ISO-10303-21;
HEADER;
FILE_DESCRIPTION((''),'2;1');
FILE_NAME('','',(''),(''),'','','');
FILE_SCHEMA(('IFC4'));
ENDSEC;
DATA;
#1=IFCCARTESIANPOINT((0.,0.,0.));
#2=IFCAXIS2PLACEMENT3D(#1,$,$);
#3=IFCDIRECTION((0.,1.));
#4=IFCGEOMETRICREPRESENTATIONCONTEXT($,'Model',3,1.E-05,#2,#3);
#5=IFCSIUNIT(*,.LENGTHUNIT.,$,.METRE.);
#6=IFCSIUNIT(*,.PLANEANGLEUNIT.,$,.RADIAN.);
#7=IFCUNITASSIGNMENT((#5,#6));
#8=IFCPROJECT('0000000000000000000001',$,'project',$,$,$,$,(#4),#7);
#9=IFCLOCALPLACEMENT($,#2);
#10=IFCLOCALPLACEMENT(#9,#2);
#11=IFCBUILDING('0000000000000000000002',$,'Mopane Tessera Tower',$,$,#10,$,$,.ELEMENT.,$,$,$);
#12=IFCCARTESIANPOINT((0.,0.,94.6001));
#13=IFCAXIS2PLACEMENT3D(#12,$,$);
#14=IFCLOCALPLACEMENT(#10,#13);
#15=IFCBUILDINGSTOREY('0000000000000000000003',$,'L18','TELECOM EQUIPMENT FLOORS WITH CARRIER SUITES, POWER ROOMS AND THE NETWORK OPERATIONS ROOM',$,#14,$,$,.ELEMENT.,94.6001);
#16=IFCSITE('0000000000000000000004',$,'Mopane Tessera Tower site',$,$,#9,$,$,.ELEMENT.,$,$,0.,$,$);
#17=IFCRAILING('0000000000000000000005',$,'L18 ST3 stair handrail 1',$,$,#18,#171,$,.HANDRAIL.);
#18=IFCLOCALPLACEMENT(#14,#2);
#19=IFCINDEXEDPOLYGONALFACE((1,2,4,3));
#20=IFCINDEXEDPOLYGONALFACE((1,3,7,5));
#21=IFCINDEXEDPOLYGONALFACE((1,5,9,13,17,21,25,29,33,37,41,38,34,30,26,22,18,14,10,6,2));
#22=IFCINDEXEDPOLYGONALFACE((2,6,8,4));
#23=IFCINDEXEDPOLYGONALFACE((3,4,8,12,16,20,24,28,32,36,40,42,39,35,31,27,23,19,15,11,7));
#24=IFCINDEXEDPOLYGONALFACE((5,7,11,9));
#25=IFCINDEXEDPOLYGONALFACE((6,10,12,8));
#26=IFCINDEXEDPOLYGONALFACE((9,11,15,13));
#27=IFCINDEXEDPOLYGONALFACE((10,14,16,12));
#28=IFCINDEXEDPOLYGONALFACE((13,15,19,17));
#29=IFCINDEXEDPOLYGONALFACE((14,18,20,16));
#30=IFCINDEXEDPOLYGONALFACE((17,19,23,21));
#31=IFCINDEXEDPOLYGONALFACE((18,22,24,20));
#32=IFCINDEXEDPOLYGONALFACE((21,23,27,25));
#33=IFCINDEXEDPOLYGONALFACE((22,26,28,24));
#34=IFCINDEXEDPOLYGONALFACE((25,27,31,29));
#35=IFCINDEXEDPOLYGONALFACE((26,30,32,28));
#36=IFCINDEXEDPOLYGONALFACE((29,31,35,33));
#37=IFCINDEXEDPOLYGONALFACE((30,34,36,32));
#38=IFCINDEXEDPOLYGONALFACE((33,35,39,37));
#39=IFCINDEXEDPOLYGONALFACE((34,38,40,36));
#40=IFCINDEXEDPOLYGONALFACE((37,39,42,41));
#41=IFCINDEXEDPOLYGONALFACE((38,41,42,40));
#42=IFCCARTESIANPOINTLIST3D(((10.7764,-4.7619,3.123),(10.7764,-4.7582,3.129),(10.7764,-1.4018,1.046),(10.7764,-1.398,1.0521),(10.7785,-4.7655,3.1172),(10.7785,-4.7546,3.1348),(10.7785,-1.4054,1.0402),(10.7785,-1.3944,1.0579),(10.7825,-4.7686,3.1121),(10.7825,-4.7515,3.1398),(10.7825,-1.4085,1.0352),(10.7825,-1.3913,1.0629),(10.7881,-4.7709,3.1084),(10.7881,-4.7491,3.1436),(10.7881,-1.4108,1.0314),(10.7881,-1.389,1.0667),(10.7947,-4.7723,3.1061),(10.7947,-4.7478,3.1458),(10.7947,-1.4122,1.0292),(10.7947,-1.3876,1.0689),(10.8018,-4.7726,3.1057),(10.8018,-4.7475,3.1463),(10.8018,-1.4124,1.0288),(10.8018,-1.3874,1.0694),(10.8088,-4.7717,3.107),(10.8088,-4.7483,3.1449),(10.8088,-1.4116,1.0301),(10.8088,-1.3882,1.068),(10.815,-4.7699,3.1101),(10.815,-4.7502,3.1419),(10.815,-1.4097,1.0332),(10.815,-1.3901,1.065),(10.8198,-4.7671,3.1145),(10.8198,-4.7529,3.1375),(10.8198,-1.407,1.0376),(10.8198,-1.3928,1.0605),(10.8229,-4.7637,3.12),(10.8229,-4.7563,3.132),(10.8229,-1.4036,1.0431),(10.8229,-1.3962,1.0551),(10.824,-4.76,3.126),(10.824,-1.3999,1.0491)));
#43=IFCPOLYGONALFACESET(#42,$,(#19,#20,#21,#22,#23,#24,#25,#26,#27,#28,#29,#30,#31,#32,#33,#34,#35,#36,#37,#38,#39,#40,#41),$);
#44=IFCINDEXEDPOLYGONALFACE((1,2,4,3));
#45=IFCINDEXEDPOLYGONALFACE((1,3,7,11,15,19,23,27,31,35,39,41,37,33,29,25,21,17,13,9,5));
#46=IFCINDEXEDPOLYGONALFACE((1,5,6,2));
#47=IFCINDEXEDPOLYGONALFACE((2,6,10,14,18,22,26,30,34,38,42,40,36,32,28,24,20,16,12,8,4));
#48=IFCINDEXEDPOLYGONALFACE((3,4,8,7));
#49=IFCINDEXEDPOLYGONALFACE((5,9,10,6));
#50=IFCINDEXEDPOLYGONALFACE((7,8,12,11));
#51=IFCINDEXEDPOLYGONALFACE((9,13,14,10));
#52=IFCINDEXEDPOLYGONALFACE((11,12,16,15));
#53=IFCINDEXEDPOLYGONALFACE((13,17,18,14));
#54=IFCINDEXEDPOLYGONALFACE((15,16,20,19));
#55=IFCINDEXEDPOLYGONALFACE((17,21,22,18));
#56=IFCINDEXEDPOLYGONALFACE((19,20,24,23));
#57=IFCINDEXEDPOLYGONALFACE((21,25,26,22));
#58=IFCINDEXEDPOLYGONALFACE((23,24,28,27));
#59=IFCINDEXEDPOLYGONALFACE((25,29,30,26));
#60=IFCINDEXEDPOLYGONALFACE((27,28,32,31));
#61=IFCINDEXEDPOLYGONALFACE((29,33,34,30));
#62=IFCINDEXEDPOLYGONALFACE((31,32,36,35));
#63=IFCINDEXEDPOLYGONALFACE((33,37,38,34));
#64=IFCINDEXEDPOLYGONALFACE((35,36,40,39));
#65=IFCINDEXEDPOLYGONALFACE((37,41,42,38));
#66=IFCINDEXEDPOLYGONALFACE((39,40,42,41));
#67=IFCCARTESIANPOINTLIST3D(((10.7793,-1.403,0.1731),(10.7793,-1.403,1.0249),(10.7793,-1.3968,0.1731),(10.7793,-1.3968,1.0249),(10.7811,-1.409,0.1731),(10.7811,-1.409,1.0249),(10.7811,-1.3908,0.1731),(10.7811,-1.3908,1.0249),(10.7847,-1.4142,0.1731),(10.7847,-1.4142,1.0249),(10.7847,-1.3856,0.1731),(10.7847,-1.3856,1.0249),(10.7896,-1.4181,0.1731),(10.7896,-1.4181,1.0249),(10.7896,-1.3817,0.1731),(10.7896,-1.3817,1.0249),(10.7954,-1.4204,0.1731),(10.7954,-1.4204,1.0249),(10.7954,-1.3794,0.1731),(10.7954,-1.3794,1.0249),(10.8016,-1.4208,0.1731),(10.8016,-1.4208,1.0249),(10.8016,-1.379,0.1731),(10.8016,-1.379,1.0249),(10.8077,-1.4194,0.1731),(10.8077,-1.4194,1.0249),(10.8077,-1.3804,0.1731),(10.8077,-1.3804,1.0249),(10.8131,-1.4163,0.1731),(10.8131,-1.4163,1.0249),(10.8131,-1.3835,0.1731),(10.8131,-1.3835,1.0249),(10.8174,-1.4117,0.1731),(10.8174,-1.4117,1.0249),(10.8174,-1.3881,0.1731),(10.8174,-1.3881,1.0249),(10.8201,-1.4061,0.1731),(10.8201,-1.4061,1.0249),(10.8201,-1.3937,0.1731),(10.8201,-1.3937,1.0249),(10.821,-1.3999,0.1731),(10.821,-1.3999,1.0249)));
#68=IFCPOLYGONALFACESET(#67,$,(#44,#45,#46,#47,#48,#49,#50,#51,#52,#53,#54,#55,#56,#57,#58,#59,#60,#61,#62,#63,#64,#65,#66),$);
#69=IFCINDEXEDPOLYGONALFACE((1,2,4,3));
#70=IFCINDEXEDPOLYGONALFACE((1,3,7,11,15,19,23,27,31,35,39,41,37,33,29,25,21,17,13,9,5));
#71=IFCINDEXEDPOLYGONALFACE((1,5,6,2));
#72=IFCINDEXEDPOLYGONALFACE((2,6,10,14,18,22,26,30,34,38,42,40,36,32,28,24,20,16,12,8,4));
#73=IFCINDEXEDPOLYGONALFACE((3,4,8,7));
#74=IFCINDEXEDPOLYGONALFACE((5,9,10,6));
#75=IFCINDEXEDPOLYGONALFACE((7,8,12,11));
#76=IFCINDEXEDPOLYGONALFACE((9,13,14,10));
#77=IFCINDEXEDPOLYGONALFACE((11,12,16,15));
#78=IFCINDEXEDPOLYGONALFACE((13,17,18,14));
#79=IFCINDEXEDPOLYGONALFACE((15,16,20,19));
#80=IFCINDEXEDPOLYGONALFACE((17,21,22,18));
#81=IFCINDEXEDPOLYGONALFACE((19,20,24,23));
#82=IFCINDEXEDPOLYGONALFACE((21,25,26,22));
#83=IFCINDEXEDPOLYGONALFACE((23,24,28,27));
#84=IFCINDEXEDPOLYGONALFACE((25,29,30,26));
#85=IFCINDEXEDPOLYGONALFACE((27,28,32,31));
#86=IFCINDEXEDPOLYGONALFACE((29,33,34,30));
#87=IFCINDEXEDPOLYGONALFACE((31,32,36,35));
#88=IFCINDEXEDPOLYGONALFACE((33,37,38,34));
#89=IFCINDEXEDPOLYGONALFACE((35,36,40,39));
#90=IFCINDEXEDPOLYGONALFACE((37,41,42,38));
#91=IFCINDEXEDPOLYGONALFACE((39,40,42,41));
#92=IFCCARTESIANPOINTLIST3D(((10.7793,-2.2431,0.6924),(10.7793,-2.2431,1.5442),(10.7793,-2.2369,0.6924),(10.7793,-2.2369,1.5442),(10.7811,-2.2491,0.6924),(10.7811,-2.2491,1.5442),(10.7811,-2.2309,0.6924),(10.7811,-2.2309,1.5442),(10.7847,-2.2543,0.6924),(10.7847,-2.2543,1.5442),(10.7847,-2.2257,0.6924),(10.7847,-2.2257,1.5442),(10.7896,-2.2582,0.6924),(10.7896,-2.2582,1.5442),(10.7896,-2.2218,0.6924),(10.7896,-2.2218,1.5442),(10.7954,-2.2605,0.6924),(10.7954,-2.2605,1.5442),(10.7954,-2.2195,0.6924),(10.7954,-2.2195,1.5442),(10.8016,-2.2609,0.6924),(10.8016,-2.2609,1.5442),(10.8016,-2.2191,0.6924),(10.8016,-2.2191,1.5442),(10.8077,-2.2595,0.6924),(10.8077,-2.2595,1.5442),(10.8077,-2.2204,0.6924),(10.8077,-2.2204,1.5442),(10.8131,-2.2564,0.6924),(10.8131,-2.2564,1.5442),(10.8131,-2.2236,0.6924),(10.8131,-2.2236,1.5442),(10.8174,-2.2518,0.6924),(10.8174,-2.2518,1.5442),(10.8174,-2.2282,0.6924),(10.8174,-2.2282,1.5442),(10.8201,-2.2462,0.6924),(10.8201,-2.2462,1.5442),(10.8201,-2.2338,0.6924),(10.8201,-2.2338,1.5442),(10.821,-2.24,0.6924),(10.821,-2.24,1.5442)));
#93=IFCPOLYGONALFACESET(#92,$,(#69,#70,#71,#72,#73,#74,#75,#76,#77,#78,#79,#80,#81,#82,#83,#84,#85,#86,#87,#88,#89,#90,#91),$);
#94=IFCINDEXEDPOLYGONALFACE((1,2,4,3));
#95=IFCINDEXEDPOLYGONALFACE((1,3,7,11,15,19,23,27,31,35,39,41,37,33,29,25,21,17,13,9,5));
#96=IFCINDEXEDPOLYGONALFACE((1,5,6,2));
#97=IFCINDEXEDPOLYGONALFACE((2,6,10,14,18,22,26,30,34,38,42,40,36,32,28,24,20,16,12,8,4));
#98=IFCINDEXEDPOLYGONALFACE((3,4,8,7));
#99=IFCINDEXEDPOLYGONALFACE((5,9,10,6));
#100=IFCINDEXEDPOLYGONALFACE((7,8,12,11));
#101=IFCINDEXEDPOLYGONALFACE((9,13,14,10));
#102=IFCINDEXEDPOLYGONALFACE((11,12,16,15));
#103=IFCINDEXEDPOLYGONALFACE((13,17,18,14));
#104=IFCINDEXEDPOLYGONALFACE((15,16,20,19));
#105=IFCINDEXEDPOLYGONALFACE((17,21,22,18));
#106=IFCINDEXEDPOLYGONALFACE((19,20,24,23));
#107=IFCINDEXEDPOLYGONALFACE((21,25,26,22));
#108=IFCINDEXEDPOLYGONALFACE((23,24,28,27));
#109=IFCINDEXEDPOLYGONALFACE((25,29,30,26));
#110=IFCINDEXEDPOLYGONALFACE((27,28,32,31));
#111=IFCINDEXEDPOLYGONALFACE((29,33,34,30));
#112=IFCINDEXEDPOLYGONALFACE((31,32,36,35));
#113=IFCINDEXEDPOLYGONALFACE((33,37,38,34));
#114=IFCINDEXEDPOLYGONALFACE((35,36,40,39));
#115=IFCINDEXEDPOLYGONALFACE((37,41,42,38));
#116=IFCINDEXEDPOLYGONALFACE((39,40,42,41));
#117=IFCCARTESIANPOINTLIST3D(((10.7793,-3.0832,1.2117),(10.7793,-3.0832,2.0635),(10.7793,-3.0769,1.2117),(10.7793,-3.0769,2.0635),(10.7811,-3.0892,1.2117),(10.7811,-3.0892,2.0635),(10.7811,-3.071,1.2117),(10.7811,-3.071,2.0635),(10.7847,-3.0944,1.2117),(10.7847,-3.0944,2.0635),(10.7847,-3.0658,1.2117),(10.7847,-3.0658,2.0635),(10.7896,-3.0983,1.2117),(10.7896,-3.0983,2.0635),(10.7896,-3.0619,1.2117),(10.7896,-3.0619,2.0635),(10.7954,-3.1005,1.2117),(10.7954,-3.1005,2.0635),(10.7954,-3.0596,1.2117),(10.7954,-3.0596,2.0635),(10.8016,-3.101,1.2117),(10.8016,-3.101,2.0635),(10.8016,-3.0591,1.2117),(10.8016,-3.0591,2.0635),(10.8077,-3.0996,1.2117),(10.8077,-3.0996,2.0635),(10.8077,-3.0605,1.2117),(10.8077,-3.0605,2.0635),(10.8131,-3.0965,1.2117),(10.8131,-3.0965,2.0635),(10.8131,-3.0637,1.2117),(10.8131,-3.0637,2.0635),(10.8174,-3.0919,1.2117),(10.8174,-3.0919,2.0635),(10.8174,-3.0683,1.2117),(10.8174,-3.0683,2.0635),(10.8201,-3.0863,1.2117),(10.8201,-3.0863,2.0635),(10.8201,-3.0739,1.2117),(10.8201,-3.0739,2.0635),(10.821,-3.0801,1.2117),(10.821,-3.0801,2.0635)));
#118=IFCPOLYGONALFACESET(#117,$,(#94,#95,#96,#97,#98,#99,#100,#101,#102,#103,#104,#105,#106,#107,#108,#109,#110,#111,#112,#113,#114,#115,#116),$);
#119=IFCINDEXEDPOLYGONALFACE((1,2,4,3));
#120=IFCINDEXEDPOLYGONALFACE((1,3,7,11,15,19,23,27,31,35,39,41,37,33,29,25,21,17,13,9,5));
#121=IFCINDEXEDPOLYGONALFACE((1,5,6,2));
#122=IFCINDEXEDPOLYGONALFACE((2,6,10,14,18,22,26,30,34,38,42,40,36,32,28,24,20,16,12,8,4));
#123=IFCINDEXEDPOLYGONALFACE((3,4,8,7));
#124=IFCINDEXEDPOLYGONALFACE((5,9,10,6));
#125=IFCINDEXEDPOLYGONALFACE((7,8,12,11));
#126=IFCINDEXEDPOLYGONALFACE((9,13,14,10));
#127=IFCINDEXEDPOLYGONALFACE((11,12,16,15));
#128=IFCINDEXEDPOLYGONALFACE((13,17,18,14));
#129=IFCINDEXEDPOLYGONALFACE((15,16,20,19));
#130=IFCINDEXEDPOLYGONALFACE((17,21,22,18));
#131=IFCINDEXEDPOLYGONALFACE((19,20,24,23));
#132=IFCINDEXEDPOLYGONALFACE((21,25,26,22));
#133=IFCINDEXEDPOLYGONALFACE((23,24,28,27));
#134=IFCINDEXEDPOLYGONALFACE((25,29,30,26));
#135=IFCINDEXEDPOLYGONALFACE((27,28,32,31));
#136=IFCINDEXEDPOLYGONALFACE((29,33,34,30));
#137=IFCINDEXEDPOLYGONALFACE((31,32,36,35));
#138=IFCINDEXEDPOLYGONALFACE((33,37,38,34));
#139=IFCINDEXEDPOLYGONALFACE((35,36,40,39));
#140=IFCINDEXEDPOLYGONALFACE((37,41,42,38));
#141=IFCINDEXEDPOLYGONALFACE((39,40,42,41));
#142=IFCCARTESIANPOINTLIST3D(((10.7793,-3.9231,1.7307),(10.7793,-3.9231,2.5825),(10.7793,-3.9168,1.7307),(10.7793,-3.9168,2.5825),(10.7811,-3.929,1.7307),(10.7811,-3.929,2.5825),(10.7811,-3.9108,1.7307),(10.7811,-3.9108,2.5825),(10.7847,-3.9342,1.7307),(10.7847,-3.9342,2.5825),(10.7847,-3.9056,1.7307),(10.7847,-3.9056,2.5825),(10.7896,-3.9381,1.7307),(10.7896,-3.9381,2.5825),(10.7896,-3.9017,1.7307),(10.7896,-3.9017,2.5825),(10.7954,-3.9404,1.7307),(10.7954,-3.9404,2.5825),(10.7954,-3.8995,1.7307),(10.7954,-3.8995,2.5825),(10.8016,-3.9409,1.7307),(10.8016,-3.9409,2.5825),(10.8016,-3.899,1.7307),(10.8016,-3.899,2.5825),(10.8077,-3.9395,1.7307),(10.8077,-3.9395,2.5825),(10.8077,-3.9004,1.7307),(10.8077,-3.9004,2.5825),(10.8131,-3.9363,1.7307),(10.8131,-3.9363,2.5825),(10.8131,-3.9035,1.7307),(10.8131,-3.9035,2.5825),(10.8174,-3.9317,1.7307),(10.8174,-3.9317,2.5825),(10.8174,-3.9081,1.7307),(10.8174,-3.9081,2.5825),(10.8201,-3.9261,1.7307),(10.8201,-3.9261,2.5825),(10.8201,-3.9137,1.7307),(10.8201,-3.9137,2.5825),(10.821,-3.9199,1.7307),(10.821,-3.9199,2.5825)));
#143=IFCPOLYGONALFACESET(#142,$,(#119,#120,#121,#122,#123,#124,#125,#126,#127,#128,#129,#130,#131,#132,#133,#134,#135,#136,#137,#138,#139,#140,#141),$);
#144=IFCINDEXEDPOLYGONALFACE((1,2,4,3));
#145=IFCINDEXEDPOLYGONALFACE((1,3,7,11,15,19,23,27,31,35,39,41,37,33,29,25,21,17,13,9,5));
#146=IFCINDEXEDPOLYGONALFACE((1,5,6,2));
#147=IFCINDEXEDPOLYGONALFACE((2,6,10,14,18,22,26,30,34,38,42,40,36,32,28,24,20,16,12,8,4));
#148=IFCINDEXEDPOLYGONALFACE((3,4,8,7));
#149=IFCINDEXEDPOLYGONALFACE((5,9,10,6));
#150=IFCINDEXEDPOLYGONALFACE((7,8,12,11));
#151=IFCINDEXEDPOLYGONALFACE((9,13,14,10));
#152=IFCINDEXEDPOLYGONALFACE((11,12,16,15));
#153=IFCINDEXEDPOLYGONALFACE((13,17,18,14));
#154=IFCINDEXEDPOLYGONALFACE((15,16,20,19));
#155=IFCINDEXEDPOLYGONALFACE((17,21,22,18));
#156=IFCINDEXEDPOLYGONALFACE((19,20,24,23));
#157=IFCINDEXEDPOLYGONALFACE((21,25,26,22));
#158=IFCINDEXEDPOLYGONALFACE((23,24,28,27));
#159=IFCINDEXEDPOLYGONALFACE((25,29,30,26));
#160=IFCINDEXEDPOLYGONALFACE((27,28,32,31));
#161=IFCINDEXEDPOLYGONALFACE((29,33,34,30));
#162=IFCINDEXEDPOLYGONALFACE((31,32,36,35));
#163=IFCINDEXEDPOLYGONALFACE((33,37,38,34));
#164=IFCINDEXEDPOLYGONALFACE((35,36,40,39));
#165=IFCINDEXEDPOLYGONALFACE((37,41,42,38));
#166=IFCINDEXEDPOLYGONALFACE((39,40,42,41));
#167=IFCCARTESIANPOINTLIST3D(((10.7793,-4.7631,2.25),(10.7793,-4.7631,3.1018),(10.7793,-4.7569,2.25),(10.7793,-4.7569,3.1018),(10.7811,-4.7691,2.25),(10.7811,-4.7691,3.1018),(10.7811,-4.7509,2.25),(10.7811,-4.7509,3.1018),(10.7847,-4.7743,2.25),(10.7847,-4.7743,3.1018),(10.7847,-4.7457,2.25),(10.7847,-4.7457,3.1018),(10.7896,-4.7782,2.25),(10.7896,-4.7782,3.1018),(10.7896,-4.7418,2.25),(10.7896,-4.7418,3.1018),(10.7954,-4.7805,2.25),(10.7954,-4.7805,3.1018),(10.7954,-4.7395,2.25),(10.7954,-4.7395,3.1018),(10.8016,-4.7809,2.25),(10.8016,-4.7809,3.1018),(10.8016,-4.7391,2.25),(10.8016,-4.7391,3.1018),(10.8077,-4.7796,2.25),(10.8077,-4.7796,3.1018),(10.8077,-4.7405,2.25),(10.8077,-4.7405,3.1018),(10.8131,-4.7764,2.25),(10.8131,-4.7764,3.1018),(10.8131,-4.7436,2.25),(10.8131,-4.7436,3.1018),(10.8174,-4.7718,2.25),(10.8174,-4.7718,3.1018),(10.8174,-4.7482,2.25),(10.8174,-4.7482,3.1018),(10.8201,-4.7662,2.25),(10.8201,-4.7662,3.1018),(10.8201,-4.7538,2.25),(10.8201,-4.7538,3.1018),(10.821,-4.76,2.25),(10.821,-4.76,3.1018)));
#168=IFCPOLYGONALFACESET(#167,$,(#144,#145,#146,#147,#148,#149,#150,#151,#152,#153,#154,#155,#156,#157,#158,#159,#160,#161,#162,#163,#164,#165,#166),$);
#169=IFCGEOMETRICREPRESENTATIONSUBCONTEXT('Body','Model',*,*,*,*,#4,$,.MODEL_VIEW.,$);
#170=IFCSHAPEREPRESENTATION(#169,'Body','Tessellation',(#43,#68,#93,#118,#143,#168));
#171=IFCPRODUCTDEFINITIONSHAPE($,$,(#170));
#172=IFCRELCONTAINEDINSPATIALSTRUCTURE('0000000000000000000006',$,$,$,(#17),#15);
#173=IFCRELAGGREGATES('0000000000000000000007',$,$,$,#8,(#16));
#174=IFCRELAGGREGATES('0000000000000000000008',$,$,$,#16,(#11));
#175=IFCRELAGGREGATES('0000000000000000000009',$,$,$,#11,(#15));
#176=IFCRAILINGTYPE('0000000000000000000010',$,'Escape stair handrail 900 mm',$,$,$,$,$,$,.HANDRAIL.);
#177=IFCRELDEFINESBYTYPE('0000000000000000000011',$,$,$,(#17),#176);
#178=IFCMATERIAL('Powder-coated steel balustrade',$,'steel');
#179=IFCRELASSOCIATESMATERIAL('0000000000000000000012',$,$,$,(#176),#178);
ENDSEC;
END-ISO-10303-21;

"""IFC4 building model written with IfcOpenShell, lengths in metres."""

from ifc_helpers import new_model, si_unit, direction, frame, origin, origin_2d, place, context, subcontext, project, spatial, circle, extrude, material, type_object, element, save


model = new_model("IFC4")

# Units and contexts
model_context = context("Model", 3, precision=1e-05, world=origin(), true_north=direction((0.0, 1.0)))
body_context = subcontext(model_context, "Body", "Model", "MODEL_VIEW")
ifc_project = project(units=[si_unit("LENGTHUNIT", "METRE"), si_unit("PLANEANGLEUNIT", "RADIAN")], contexts=[model_context])

# Site, building, storey
site_placement = place(None, origin())
site = spatial("IfcSite", under=ifc_project, at=site_placement, Name="Mopane Tessera Tower site", CompositionType="ELEMENT", RefElevation=0.0)
building_placement = place(site_placement, origin())
building = spatial("IfcBuilding", under=site, at=building_placement, Name="Mopane Tessera Tower", CompositionType="ELEMENT")
storey_placement = place(building_placement, frame((0.0, 0.0, 94.6001)))
storey = spatial("IfcBuildingStorey", under=building, at=storey_placement, Name="L18", Description="TELECOM EQUIPMENT FLOORS WITH CARRIER SUITES, POWER ROOMS AND THE NETWORK OPERATIONS ROOM", CompositionType="ELEMENT", Elevation=94.6001)

# Railing
ifc_material_1 = material(Name="Powder-coated steel balustrade", Category="steel")
railing_type_1 = type_object("IfcRailingType", Name="Escape stair handrail 900 mm", PredefinedType="HANDRAIL", material=ifc_material_1)
railing_1_placement = place(storey_placement, frame((10.8, -1.3999, 0.1731)))
element("IfcRailing", 1, at=railing_1_placement, inside=storey, type_object=railing_type_1, Name="L18 ST3 stair handrail 1", PredefinedType="HANDRAIL", context=body_context, shape_type="SweptSolid", body=[
    extrude(circle(Radius=0.0239, at=origin_2d()), frame((0.0, 0.0, 0.876), z_axis=(0.0, -0.850623, 0.525776), x_axis=(1.0, 0.0, 0.0)), (0.0, 0.0, 1.0), 3.9502),
    extrude(circle(Radius=0.021, at=origin_2d()), origin(), (0.0, 0.0, 1.0), 0.8518),
    extrude(circle(Radius=0.021, at=origin_2d()), frame((0.0, -0.8401, 0.5193)), (0.0, 0.0, 1.0), 0.8518),
    extrude(circle(Radius=0.021, at=origin_2d()), frame((0.0, -1.6802, 1.0386)), (0.0, 0.0, 1.0), 0.8518),
    extrude(circle(Radius=0.021, at=origin_2d()), frame((0.0, -2.52, 1.5576)), (0.0, 0.0, 1.0), 0.8518),
    extrude(circle(Radius=0.021, at=origin_2d()), frame((0.0, -3.3601, 2.0769)), (0.0, 0.0, 1.0), 0.8518),
])

save(model, "model.ifc")
